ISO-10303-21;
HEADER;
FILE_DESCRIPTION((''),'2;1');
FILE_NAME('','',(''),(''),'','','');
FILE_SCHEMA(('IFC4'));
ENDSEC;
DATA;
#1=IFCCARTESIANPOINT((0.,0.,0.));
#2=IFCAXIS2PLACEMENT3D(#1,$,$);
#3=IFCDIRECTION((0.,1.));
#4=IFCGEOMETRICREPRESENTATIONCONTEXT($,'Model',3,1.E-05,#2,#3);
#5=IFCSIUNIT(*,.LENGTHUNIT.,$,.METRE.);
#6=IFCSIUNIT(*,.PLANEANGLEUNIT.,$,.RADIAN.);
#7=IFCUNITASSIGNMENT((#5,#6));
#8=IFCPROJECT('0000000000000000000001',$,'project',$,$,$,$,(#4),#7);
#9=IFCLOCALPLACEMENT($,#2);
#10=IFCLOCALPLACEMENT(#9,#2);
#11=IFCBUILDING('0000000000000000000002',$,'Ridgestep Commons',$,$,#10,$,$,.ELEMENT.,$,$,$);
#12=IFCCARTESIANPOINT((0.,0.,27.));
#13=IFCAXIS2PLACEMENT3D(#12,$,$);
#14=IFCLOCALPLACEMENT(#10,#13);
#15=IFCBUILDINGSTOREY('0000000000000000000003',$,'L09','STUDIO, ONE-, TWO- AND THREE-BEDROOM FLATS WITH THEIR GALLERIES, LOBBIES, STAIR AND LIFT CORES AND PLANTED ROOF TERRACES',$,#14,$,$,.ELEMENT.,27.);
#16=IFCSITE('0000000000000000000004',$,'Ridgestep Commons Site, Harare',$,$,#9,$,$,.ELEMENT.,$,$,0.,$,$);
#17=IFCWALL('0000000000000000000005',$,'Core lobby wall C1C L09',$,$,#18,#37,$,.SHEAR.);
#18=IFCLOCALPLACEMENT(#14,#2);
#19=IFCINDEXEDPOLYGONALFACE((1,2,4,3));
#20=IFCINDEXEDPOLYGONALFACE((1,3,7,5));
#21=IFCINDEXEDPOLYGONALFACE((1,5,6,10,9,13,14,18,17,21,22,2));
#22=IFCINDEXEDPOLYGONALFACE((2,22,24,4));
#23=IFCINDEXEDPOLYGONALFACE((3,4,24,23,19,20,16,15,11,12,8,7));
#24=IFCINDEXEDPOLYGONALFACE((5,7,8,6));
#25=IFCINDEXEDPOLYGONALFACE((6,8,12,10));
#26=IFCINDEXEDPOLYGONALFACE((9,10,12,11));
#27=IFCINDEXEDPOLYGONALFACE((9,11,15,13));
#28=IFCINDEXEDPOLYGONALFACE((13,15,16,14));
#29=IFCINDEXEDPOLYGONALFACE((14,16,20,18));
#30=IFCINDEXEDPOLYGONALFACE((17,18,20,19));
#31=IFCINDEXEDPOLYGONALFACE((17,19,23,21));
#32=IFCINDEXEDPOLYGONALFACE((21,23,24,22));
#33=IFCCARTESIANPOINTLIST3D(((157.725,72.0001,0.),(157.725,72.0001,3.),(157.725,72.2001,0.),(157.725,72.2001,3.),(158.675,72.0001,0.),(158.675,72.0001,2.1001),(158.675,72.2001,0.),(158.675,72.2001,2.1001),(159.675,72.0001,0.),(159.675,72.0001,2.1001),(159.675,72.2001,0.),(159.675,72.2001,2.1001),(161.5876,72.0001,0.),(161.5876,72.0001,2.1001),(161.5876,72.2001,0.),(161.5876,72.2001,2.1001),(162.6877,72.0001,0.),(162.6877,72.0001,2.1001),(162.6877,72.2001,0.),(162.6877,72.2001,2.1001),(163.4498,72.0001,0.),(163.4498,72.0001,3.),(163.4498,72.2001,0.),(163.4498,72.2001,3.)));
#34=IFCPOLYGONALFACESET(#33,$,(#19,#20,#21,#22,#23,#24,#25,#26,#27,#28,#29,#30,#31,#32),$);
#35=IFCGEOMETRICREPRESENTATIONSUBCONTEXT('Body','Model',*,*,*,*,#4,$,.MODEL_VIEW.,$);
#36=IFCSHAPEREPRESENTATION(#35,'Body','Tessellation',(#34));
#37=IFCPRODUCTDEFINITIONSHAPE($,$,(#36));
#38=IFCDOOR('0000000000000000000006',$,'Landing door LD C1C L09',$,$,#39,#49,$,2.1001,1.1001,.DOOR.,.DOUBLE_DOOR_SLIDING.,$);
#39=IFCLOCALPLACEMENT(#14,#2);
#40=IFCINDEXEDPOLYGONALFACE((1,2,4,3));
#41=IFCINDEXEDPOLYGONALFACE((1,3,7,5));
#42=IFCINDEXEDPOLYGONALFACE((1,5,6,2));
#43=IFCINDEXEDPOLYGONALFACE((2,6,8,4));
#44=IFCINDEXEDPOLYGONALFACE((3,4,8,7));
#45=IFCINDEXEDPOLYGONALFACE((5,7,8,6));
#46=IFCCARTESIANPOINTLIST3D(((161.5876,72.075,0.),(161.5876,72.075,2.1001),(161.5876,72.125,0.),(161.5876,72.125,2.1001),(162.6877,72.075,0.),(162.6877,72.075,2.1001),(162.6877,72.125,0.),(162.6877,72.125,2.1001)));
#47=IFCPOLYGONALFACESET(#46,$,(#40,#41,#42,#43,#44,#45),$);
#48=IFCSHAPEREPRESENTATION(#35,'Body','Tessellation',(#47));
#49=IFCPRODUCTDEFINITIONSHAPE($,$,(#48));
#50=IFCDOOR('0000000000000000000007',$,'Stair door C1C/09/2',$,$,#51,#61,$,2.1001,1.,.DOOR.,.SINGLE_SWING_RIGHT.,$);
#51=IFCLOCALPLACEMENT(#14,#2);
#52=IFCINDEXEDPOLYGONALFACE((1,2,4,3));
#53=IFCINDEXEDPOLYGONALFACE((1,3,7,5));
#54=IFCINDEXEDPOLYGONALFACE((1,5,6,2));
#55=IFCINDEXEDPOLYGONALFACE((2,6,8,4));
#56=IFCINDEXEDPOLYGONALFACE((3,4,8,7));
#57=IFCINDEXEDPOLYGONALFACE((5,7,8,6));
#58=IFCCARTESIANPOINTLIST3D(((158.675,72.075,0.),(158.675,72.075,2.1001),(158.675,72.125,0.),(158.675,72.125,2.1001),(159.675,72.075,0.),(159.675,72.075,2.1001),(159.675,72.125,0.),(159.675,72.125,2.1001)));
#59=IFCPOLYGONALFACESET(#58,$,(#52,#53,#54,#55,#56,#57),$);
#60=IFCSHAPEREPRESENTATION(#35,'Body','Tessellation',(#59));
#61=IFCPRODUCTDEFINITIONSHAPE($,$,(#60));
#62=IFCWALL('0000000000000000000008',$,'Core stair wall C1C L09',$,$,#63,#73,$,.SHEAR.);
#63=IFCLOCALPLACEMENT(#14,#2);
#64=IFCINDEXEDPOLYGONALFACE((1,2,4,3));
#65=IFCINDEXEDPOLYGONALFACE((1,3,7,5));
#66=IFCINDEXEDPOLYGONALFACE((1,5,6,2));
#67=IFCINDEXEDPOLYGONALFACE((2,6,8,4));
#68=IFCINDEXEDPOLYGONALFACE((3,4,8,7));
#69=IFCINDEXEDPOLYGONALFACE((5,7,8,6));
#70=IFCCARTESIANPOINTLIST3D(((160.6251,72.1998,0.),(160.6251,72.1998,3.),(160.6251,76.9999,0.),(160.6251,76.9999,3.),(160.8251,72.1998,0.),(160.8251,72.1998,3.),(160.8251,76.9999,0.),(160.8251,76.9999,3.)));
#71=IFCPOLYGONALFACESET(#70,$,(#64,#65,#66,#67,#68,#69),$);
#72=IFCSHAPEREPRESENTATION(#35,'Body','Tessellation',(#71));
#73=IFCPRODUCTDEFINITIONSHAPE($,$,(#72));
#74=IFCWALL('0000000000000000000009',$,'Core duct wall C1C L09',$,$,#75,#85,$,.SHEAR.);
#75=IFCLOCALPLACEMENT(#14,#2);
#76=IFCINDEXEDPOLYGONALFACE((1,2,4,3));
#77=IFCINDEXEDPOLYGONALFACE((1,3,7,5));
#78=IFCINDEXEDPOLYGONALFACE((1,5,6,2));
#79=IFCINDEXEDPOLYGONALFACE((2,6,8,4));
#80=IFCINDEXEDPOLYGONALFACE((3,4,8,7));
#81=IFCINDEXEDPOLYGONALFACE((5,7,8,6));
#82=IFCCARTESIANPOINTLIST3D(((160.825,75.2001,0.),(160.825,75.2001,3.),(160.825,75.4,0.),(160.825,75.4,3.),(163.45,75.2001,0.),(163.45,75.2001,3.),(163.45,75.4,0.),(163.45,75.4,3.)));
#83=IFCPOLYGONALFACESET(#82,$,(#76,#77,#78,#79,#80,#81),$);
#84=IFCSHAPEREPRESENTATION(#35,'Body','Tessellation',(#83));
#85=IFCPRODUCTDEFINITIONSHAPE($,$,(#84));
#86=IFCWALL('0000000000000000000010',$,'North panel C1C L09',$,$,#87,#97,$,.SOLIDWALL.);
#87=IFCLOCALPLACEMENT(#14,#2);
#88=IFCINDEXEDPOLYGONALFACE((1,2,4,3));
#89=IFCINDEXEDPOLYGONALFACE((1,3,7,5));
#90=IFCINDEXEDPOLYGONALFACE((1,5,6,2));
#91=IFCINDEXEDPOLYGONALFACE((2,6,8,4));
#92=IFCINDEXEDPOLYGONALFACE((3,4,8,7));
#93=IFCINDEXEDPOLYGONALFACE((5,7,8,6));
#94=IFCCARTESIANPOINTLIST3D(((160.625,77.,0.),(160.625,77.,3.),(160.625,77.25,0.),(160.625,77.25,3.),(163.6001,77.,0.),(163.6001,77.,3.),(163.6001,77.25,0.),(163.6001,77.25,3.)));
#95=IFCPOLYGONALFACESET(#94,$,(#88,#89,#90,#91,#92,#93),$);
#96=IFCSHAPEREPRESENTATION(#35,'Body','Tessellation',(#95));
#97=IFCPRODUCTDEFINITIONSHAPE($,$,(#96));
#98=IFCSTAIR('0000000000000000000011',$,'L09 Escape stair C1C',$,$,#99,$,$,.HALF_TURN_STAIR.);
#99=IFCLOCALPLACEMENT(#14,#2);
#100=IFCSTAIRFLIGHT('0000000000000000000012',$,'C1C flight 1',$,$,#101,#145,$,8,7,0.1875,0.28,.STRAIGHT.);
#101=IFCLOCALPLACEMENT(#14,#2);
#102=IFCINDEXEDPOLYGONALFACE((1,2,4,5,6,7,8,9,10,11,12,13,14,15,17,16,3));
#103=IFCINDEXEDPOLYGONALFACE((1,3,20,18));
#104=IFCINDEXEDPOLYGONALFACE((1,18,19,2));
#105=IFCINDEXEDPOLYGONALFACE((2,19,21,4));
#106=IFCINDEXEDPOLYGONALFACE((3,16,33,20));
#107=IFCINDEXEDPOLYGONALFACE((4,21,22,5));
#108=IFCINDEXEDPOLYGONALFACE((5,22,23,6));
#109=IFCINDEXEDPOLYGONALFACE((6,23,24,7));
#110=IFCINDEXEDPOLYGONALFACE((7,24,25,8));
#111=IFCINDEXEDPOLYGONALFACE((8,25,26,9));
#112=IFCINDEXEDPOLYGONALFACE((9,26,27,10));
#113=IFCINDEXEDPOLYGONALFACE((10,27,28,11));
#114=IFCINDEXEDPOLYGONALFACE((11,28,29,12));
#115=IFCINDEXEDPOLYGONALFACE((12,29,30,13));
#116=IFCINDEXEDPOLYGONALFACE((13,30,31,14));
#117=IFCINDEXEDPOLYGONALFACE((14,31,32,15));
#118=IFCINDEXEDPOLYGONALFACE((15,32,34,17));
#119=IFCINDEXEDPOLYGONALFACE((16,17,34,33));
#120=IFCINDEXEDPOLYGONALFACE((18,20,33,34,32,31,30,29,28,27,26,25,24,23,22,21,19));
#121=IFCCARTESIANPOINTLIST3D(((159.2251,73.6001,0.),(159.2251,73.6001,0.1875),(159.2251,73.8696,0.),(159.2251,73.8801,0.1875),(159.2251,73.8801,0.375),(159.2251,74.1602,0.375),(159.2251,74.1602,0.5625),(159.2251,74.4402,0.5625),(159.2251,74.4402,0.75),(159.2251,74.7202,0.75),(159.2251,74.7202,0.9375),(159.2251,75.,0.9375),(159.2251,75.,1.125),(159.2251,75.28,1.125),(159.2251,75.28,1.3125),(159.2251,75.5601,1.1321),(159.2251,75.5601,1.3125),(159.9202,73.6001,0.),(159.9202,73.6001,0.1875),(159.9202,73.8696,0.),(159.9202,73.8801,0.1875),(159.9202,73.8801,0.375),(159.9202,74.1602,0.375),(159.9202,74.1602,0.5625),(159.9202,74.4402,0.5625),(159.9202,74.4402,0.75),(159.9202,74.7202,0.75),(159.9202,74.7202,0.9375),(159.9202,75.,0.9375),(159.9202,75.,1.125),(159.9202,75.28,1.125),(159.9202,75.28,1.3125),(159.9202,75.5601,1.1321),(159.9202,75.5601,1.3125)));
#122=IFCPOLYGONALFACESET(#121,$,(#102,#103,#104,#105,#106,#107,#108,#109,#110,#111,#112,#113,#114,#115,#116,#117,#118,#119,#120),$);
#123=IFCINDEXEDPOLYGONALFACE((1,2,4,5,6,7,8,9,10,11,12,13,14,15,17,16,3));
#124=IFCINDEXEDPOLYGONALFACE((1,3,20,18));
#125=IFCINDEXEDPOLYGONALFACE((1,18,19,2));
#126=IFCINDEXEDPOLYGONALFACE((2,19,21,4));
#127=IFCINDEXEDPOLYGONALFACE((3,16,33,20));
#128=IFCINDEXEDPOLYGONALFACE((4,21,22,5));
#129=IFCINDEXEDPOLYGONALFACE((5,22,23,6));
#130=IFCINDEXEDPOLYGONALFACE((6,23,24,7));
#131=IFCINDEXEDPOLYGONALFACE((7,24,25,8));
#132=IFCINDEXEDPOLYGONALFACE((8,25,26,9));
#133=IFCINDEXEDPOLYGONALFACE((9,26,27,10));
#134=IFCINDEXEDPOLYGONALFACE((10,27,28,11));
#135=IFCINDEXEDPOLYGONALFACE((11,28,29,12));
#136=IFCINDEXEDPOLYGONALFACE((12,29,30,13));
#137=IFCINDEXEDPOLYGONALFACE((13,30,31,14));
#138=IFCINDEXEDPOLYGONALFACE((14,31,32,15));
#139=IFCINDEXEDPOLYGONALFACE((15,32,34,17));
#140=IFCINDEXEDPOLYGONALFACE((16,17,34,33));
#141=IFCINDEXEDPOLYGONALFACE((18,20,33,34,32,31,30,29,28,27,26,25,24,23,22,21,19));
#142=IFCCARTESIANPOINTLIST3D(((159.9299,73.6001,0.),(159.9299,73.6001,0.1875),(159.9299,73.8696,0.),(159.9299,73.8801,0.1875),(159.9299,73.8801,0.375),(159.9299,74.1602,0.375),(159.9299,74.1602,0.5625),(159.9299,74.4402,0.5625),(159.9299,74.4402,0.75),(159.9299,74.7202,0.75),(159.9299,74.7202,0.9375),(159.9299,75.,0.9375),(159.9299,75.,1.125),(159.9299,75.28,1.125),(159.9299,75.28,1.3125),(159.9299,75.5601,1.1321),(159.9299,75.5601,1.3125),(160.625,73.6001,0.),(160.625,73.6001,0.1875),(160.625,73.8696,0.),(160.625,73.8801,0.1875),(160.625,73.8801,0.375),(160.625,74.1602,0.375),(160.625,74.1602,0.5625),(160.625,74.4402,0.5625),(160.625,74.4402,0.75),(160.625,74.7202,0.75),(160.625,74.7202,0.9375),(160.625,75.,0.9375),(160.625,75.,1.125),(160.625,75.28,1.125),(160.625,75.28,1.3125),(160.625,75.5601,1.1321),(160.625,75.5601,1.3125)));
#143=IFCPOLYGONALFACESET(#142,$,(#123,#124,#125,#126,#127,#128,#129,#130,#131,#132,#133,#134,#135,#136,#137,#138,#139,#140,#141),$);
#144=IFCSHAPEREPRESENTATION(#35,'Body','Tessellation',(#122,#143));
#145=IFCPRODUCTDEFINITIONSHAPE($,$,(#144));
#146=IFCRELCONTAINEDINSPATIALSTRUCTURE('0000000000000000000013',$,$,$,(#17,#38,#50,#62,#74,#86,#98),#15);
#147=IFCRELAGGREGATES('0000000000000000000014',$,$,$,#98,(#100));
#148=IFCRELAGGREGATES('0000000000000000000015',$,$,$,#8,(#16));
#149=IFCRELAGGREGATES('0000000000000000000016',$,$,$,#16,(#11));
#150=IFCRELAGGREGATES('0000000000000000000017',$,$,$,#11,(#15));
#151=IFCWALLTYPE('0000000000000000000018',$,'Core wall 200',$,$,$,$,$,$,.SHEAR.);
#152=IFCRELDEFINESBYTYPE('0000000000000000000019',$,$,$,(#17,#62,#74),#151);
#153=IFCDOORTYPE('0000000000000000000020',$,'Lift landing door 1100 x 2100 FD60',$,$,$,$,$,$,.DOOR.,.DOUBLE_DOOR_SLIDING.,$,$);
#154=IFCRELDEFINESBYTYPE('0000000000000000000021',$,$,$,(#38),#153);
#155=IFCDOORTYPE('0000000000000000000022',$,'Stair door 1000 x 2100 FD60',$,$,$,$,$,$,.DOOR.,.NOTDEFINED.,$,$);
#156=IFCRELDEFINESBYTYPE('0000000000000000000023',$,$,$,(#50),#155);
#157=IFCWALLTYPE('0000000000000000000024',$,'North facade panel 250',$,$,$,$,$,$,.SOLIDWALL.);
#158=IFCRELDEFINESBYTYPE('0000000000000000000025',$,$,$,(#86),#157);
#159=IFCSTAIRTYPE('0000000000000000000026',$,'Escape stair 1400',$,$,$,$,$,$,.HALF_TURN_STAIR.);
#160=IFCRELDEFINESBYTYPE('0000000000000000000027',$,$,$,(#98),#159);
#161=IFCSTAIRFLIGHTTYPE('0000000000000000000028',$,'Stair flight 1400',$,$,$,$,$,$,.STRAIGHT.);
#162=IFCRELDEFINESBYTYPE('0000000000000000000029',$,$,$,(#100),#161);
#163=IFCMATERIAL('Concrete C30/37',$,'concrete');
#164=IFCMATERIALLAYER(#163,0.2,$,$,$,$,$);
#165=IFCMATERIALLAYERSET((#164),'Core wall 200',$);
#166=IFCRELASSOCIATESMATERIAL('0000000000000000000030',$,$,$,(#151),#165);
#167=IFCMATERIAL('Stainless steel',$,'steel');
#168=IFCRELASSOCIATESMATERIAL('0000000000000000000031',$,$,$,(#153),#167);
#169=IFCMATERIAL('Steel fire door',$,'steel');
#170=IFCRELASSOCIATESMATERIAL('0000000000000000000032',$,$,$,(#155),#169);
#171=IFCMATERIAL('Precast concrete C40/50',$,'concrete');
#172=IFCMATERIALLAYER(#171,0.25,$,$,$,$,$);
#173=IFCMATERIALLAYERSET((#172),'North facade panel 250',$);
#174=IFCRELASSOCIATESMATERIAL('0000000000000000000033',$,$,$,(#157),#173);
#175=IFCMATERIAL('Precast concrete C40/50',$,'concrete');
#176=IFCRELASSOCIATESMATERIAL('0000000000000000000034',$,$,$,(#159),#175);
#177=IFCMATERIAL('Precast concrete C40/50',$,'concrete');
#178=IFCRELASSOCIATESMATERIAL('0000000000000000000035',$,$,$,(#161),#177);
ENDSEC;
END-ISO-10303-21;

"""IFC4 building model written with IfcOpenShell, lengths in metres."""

from ifc_helpers import new_model, si_unit, direction, frame, frame_2d, origin, place, context, subcontext, project, spatial, polyline, rectangle, outline, extrude, material, layer, layer_set, type_object, element, fill, aggregate, save


model = new_model("IFC4")

# Units and contexts
model_context = context("Model", 3, precision=1e-05, world=origin(), true_north=direction((0.0, 1.0)))
body_context = subcontext(model_context, "Body", "Model", "MODEL_VIEW")
ifc_project = project(units=[si_unit("LENGTHUNIT", "METRE"), si_unit("PLANEANGLEUNIT", "RADIAN")], contexts=[model_context])

# Site, building, storey
site_placement = place(None, origin())
site = spatial("IfcSite", under=ifc_project, at=site_placement, Name="Ridgestep Commons Site, Harare", CompositionType="ELEMENT", RefElevation=0.0)
building_placement = place(site_placement, origin())
building = spatial("IfcBuilding", under=site, at=building_placement, Name="Ridgestep Commons", CompositionType="ELEMENT")
storey_placement = place(building_placement, frame((0.0, 0.0, 27.0)))
storey = spatial("IfcBuildingStorey", under=building, at=storey_placement, Name="L09", Description="STUDIO, ONE-, TWO- AND THREE-BEDROOM FLATS WITH THEIR GALLERIES, LOBBIES, STAIR AND LIFT CORES AND PLANTED ROOF TERRACES", CompositionType="ELEMENT", Elevation=27.0)

# Wall, openings, doors
ifc_material_1 = material(Name="Concrete C30/37", Category="concrete")
ifc_layer_1 = layer(ifc_material_1, 0.2)
ifc_layer_set_1 = layer_set([ifc_layer_1], Name="Core wall 200")
wall_type_1 = type_object("IfcWallType", Name="Core wall 200", PredefinedType="SHEAR", material=ifc_layer_set_1)
wall_1_placement = place(storey_placement, frame((157.7251, 72.1001, 0.0), z_axis=(0.0, 0.0, 1.0), x_axis=(1.0, 0.0, 0.0)))
wall_1 = element("IfcWall", 1, at=wall_1_placement, inside=storey, type_object=wall_type_1, Name="Core lobby wall C1C L09", PredefinedType="SHEAR", context=body_context, shape_type="SweptSolid", body=[
    extrude(rectangle(XDim=5.7249, YDim=0.2, at=frame_2d((2.8623, 0.0))), origin(), (0.0, 0.0, 1.0), 3.0),
])
opening_1_placement = place(wall_1_placement, frame((0.95, 0.0, 0.0)))
opening_1 = element("IfcOpeningElement", 2, at=opening_1_placement, cuts=wall_1, PredefinedType="OPENING", context=body_context, shape_type="SweptSolid", body=[
    extrude(rectangle(XDim=1.0, YDim=2.1001, at=frame_2d((0.5, 1.05))), frame((0.0, 0.1099, 0.0), z_axis=(0.0, -1.0, 0.0), x_axis=(1.0, 0.0, 0.0)), (0.0, 0.0, 1.0), 0.22),
])
opening_2_placement = place(wall_1_placement, frame((3.8625, 0.0, 0.0)))
opening_2 = element("IfcOpeningElement", 3, at=opening_2_placement, cuts=wall_1, PredefinedType="OPENING", context=body_context, shape_type="SweptSolid", body=[
    extrude(rectangle(XDim=1.1001, YDim=2.1001, at=frame_2d((0.55, 1.05))), frame((0.0, 0.1099, 0.0), z_axis=(0.0, -1.0, 0.0), x_axis=(1.0, 0.0, 0.0)), (0.0, 0.0, 1.0), 0.22),
])
ifc_material_2 = material(Name="Stainless steel", Category="steel")
door_type_1 = type_object("IfcDoorType", Name="Lift landing door 1100 x 2100 FD60", OperationType="DOUBLE_DOOR_SLIDING", PredefinedType="DOOR", material=ifc_material_2)
door_1_placement = place(opening_2_placement, origin())
door_1 = element("IfcDoor", 4, at=door_1_placement, inside=storey, type_object=door_type_1, Name="Landing door LD C1C L09", OperationType="DOUBLE_DOOR_SLIDING", OverallHeight=2.1001, OverallWidth=1.1001, PredefinedType="DOOR", context=body_context, shape_type="SweptSolid", body=[
    extrude(rectangle(XDim=1.1001, YDim=2.1001, at=frame_2d((0.55, 1.05))), frame((0.0, 0.0249, 0.0), z_axis=(0.0, -1.0, 0.0), x_axis=(1.0, 0.0, 0.0)), (0.0, 0.0, 1.0), 0.05),
])
fill(opening_2, door_1)
ifc_material_3 = material(Name="Steel fire door", Category="steel")
door_type_2 = type_object("IfcDoorType", Name="Stair door 1000 x 2100 FD60", OperationType="NOTDEFINED", PredefinedType="DOOR", material=ifc_material_3)
door_2_placement = place(opening_1_placement, origin())
door_2 = element("IfcDoor", 5, at=door_2_placement, inside=storey, type_object=door_type_2, Name="Stair door C1C/09/2", OperationType="SINGLE_SWING_RIGHT", OverallHeight=2.1001, OverallWidth=1.0, PredefinedType="DOOR", context=body_context, shape_type="SweptSolid", body=[
    extrude(rectangle(XDim=1.0, YDim=2.1001, at=frame_2d((0.5, 1.05))), frame((0.0, 0.0249, 0.0), z_axis=(0.0, -1.0, 0.0), x_axis=(1.0, 0.0, 0.0)), (0.0, 0.0, 1.0), 0.05),
])
fill(opening_1, door_2)

# Walls
wall_2_placement = place(storey_placement, frame((160.7251, 72.2, 0.0), z_axis=(0.0, 0.0, 1.0), x_axis=(0.0, 1.0, 0.0)))
element("IfcWall", 6, at=wall_2_placement, inside=storey, type_object=wall_type_1, Name="Core stair wall C1C L09", PredefinedType="SHEAR", context=body_context, shape_type="SweptSolid", body=[
    extrude(rectangle(XDim=4.8, YDim=0.2, at=frame_2d((2.3999, 0.0))), origin(), (0.0, 0.0, 1.0), 3.0),
])
wall_3_placement = place(storey_placement, frame((160.825, 75.3, 0.0), z_axis=(0.0, 0.0, 1.0), x_axis=(1.0, 0.0, 0.0)))
element("IfcWall", 7, at=wall_3_placement, inside=storey, type_object=wall_type_1, Name="Core duct wall C1C L09", PredefinedType="SHEAR", context=body_context, shape_type="SweptSolid", body=[
    extrude(rectangle(XDim=2.625, YDim=0.2, at=frame_2d((1.3125, 0.0))), origin(), (0.0, 0.0, 1.0), 3.0),
])
ifc_material_4 = material(Name="Precast concrete C40/50", Category="concrete")
ifc_layer_2 = layer(ifc_material_4, 0.25)
ifc_layer_set_2 = layer_set([ifc_layer_2], Name="North facade panel 250")
wall_type_2 = type_object("IfcWallType", Name="North facade panel 250", PredefinedType="SOLIDWALL", material=ifc_layer_set_2)
wall_4_placement = place(storey_placement, frame((160.625, 77.125, 0.0), z_axis=(0.0, 0.0, 1.0), x_axis=(1.0, 0.0, 0.0)))
element("IfcWall", 8, at=wall_4_placement, inside=storey, type_object=wall_type_2, Name="North panel C1C L09", PredefinedType="SOLIDWALL", context=body_context, shape_type="SweptSolid", body=[
    extrude(rectangle(XDim=2.9751, YDim=0.25, at=frame_2d((1.4875, 0.0))), origin(), (0.0, 0.0, 1.0), 3.0),
])

# Stair, stair flight
ifc_material_5 = material(Name="Precast concrete C40/50", Category="concrete")
stair_type = type_object("IfcStairType", Name="Escape stair 1400", PredefinedType="HALF_TURN_STAIR", material=ifc_material_5)
stair_placement = place(storey_placement, origin())
stair = element("IfcStair", 9, at=stair_placement, inside=storey, type_object=stair_type, Name="L09 Escape stair C1C", PredefinedType="HALF_TURN_STAIR")
ifc_material_6 = material(Name="Precast concrete C40/50", Category="concrete")
stair_flight_type = type_object("IfcStairFlightType", Name="Stair flight 1400", PredefinedType="STRAIGHT", material=ifc_material_6)
stair_flight_1_placement = place(storey_placement, frame((159.925, 73.6001, 0.0), z_axis=(0.0, 0.0, 1.0), x_axis=(0.0, 1.0, 0.0)))
stair_flight_1 = element("IfcStairFlight", 10, at=stair_flight_1_placement, type_object=stair_flight_type, Name="C1C flight 1", NumberOfRisers=8, NumberOfTreads=7, PredefinedType="STRAIGHT", RiserHeight=0.1875, TreadLength=0.28, context=body_context, shape_type="SweptSolid", body=[
    extrude(outline(polyline([(0.0, 0.0), (0.0, 0.1875), (0.28, 0.1875), (0.28, 0.375), (0.5601, 0.375), (0.5601, 0.5625), (0.8401, 0.5625), (0.8401, 0.75), (1.1201, 0.75), (1.1201, 0.9375), (1.3999, 0.9375), (1.3999, 1.125), (1.6799, 1.125), (1.6799, 1.3125), (1.96, 1.3125), (1.96, 1.5), (1.96, 1.1321), (0.2695, 0.0), (0.0, 0.0)])), frame((0.0, 0.7, 0.0), z_axis=(0.0, -1.0, 0.0), x_axis=(1.0, 0.0, 0.0)), (0.0, 0.0, 1.0), 0.6951),
    extrude(outline(polyline([(0.0, 0.0), (0.0, 0.1875), (0.28, 0.1875), (0.28, 0.375), (0.5601, 0.375), (0.5601, 0.5625), (0.8401, 0.5625), (0.8401, 0.75), (1.1201, 0.75), (1.1201, 0.9375), (1.3999, 0.9375), (1.3999, 1.125), (1.6799, 1.125), (1.6799, 1.3125), (1.96, 1.3125), (1.96, 1.5), (1.96, 1.1321), (0.2695, 0.0), (0.0, 0.0)])), frame((0.0, -0.0049, 0.0), z_axis=(0.0, -1.0, 0.0), x_axis=(1.0, 0.0, 0.0)), (0.0, 0.0, 1.0), 0.6951),
])
aggregate(stair, [stair_flight_1])

save(model, "model.ifc")
